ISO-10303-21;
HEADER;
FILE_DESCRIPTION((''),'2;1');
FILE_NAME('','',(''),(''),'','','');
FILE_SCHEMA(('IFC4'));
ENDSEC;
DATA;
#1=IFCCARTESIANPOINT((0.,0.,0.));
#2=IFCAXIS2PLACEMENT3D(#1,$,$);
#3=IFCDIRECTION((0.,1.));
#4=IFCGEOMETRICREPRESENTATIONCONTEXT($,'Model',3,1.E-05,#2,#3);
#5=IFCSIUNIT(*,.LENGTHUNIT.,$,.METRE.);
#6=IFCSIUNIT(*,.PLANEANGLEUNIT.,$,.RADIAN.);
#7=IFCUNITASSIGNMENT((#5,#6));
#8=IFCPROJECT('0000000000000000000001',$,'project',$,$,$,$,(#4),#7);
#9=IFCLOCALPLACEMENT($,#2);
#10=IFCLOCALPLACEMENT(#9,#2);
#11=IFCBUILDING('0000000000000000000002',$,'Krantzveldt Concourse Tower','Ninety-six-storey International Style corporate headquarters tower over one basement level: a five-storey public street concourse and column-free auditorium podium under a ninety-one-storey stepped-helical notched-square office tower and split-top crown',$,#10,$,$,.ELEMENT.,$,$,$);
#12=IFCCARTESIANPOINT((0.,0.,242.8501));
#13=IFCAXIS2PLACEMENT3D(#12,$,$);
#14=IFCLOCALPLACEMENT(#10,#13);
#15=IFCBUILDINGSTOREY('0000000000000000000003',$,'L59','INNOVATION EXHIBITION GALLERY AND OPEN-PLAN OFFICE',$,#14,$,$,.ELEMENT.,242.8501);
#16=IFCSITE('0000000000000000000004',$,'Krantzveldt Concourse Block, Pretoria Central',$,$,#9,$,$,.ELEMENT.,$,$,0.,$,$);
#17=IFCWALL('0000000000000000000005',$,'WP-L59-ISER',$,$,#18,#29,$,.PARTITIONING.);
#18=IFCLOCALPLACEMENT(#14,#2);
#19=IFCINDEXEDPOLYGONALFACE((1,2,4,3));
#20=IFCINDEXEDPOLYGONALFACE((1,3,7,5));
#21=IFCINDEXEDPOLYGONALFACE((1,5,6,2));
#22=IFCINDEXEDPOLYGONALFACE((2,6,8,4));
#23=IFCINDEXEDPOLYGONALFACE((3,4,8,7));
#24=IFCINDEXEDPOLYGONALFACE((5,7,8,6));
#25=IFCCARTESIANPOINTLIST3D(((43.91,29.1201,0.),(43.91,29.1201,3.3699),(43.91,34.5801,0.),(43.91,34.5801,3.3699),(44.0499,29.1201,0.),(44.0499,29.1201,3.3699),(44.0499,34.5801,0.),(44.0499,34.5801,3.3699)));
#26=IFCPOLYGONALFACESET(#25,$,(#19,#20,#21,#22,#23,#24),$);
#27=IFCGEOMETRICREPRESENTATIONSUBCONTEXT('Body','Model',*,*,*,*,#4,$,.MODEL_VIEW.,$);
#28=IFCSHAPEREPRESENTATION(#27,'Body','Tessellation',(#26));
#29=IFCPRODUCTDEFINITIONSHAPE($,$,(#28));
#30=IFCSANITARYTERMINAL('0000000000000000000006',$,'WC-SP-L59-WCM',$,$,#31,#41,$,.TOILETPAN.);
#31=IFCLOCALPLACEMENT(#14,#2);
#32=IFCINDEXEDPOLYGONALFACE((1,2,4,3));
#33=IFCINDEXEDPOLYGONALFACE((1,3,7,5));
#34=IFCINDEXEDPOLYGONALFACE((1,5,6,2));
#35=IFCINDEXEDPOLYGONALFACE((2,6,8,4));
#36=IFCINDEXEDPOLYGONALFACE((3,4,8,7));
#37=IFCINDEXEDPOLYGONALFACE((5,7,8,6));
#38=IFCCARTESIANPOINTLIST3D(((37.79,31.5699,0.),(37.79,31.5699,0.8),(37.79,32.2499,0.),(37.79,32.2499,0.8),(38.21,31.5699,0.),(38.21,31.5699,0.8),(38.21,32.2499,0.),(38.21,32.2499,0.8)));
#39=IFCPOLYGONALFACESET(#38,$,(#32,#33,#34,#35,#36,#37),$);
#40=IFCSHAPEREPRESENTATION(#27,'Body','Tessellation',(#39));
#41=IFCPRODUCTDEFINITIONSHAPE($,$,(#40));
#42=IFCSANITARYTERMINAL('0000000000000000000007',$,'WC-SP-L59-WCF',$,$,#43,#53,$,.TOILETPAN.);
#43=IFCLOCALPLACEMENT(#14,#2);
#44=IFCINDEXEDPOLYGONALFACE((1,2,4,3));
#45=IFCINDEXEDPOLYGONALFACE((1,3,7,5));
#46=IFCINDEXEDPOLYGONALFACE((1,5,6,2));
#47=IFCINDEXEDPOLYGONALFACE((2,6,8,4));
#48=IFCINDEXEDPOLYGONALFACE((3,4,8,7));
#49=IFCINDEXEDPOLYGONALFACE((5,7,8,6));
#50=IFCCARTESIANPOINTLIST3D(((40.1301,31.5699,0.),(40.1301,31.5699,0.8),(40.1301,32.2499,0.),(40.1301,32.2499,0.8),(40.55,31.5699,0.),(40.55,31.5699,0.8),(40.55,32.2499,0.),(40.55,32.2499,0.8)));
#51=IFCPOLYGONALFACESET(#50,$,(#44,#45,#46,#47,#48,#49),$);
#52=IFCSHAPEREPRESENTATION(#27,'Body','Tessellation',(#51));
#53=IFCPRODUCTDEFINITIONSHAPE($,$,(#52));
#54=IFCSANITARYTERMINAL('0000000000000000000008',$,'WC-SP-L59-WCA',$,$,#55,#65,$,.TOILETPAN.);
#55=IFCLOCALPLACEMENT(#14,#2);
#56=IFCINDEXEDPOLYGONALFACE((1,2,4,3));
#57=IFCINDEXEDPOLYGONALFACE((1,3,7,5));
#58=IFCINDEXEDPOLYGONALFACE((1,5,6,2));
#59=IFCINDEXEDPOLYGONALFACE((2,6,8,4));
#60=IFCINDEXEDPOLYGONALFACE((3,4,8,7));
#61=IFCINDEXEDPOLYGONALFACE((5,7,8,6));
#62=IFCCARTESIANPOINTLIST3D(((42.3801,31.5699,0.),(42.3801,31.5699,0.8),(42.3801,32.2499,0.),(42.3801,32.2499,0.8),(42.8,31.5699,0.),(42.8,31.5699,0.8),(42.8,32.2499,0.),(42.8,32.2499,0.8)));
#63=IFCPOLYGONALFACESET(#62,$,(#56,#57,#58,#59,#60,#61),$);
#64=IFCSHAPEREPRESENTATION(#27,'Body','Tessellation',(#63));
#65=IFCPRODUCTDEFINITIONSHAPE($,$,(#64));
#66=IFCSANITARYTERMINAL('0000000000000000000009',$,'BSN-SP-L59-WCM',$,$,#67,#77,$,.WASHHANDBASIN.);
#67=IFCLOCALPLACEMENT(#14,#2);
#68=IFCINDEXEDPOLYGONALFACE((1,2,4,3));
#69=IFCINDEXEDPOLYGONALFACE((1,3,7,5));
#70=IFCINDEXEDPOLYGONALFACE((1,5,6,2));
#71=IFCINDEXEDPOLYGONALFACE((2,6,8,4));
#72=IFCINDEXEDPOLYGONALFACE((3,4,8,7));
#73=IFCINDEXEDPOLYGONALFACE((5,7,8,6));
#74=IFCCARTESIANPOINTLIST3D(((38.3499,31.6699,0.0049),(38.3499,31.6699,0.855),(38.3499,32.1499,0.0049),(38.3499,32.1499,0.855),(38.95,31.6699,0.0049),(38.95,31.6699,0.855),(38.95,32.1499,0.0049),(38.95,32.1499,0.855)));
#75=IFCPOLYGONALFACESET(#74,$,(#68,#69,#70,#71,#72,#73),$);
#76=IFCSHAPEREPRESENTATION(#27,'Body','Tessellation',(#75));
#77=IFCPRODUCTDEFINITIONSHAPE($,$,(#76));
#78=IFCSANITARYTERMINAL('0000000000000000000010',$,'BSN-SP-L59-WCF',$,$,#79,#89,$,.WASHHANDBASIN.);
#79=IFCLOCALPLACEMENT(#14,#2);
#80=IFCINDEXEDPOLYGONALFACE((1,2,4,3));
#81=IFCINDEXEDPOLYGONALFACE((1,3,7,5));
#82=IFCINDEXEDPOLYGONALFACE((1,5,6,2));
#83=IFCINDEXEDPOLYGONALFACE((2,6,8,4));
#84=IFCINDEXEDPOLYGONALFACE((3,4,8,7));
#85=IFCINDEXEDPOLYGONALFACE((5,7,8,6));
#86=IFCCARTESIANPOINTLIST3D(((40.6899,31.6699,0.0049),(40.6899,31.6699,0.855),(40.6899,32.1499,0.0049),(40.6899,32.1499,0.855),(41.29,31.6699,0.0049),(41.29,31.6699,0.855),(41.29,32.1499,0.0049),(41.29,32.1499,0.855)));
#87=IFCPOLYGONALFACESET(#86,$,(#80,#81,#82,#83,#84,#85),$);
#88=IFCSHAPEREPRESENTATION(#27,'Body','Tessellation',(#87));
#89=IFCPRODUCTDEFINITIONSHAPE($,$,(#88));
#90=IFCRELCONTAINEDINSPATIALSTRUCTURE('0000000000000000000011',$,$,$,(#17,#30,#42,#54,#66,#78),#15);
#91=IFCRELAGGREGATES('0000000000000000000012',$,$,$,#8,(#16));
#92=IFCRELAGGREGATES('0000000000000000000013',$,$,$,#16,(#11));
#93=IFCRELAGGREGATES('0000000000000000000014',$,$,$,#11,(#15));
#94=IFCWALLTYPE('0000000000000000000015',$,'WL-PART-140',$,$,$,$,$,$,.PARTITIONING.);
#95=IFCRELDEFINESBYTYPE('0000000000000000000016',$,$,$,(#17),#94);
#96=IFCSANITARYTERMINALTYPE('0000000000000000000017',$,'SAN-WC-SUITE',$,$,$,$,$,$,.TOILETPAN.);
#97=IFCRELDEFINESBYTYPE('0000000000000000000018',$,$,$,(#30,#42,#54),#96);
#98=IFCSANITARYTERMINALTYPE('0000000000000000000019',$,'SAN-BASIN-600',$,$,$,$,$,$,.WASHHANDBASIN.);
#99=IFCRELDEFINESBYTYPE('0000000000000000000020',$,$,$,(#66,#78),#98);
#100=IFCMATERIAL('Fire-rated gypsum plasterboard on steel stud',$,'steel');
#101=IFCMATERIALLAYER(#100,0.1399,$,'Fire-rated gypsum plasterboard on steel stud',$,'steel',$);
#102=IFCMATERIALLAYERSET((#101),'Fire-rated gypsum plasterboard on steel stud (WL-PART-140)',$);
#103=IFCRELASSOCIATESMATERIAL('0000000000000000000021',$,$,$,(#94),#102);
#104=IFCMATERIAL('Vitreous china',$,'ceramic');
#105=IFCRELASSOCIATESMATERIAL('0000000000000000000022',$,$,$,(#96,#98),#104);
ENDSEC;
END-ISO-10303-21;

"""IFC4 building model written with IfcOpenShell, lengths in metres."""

from ifc_helpers import new_model, si_unit, direction, frame, frame_2d, origin, origin_2d, place, context, subcontext, project, spatial, rectangle, extrude, source, transform, mapped, material, layer, layer_set, type_object, type_shapes, element, save


model = new_model("IFC4")

# Units and contexts
model_context = context("Model", 3, precision=1e-05, world=origin(), true_north=direction((0.0, 1.0)))
body_context = subcontext(model_context, "Body", "Model", "MODEL_VIEW")
ifc_project = project(units=[si_unit("LENGTHUNIT", "METRE"), si_unit("PLANEANGLEUNIT", "RADIAN")], contexts=[model_context])

# Site, building, storey
site_placement = place(None, origin())
site = spatial("IfcSite", under=ifc_project, at=site_placement, Name="Krantzveldt Concourse Block, Pretoria Central", CompositionType="ELEMENT", RefElevation=0.0)
building_placement = place(site_placement, origin())
building = spatial("IfcBuilding", under=site, at=building_placement, Name="Krantzveldt Concourse Tower", Description="Ninety-six-storey International Style corporate headquarters tower over one basement level: a five-storey public street concourse and column-free auditorium podium under a ninety-one-storey stepped-helical notched-square office tower and split-top crown", CompositionType="ELEMENT")
storey_placement = place(building_placement, frame((0.0, 0.0, 242.8501)))
storey = spatial("IfcBuildingStorey", under=building, at=storey_placement, Name="L59", Description="INNOVATION EXHIBITION GALLERY AND OPEN-PLAN OFFICE", CompositionType="ELEMENT", Elevation=242.8501)

# Shared definitions
ifc_material_1 = material(Name="Fire-rated gypsum plasterboard on steel stud", Category="steel")

# Shared definitions
ifc_layer_1 = layer(ifc_material_1, 0.1399, Name="Fire-rated gypsum plasterboard on steel stud", Category="steel")
ifc_layer_set_1 = layer_set([ifc_layer_1], Name="Fire-rated gypsum plasterboard on steel stud (WL-PART-140)")
wall_type_1 = type_object("IfcWallType", Name="WL-PART-140", PredefinedType="PARTITIONING", material=ifc_layer_set_1)

# Wall
wall_1_placement = place(storey_placement, frame((43.98, 29.1201, 0.0), z_axis=(0.0, 0.0, 1.0), x_axis=(0.0, 1.0, 0.0)))
element("IfcWall", 1, at=wall_1_placement, inside=storey, type_object=wall_type_1, Name="WP-L59-ISER", PredefinedType="PARTITIONING", context=body_context, shape_type="SweptSolid", body=[
    extrude(rectangle(XDim=5.46, YDim=0.1399, at=frame_2d((2.73, 0.0))), origin(), (0.0, 0.0, 1.0), 3.3699),
])

# Sanitary terminals
ifc_material_2 = material(Name="Vitreous china", Category="ceramic")
sanitary_terminal_type_1 = type_object("IfcSanitaryTerminalType", Name="SAN-WC-SUITE", PredefinedType="TOILETPAN", material=ifc_material_2)
shared_shape_1 = source(origin(), body_context, "Body", "SweptSolid", [
    extrude(rectangle(XDim=0.4199, YDim=0.6799, at=origin_2d()), origin(), (0.0, 0.0, 1.0), 0.8),
])
type_shapes(sanitary_terminal_type_1, [shared_shape_1])
for number, where, z_axis, x_axis, name in (
    (2, (38.0, 31.9099, 0.0), (0.0, 0.0, 1.0), (1.0, 0.0, 0.0), "WC-SP-L59-WCM"),
    (3, (40.3401, 31.9099, 0.0), (0.0, 0.0, 1.0), (1.0, 0.0, 0.0), "WC-SP-L59-WCF"),
    (4, (42.5901, 31.9099, 0.0), (0.0, 0.0, 1.0), (1.0, 0.0, 0.0), "WC-SP-L59-WCA"),
):
    element("IfcSanitaryTerminal", number, at=place(storey_placement, frame(where, z_axis=z_axis, x_axis=x_axis)), inside=storey, type_object=sanitary_terminal_type_1, Name=name, PredefinedType="TOILETPAN", context=body_context, shape_type="MappedRepresentation", body=[
        mapped(shared_shape_1, transform((0.0, 0.0, 0.0), x_axis=(1.0, 0.0, 0.0), y_axis=(0.0, 1.0, 0.0), z_axis=(0.0, 0.0, 1.0), scale=1.0)),
    ])
sanitary_terminal_type_2 = type_object("IfcSanitaryTerminalType", Name="SAN-BASIN-600", PredefinedType="WASHHANDBASIN", material=ifc_material_2)
shared_shape_2 = source(origin(), body_context, "Body", "SweptSolid", [
    extrude(rectangle(XDim=0.6001, YDim=0.48, at=origin_2d()), origin(), (0.0, 0.0, 1.0), 0.8501),
])
type_shapes(sanitary_terminal_type_2, [shared_shape_2])
for number, where, z_axis, x_axis, name in (
    (5, (38.6499, 31.9099, 0.0049), (0.0, 0.0, 1.0), (1.0, 0.0, 0.0), "BSN-SP-L59-WCM"),
    (6, (40.99, 31.9099, 0.0049), (0.0, 0.0, 1.0), (1.0, 0.0, 0.0), "BSN-SP-L59-WCF"),
):
    element("IfcSanitaryTerminal", number, at=place(storey_placement, frame(where, z_axis=z_axis, x_axis=x_axis)), inside=storey, type_object=sanitary_terminal_type_2, Name=name, PredefinedType="WASHHANDBASIN", context=body_context, shape_type="MappedRepresentation", body=[
        mapped(shared_shape_2, transform((0.0, 0.0, 0.0), x_axis=(1.0, 0.0, 0.0), y_axis=(0.0, 1.0, 0.0), z_axis=(0.0, 0.0, 1.0), scale=1.0)),
    ])

save(model, "model.ifc")
